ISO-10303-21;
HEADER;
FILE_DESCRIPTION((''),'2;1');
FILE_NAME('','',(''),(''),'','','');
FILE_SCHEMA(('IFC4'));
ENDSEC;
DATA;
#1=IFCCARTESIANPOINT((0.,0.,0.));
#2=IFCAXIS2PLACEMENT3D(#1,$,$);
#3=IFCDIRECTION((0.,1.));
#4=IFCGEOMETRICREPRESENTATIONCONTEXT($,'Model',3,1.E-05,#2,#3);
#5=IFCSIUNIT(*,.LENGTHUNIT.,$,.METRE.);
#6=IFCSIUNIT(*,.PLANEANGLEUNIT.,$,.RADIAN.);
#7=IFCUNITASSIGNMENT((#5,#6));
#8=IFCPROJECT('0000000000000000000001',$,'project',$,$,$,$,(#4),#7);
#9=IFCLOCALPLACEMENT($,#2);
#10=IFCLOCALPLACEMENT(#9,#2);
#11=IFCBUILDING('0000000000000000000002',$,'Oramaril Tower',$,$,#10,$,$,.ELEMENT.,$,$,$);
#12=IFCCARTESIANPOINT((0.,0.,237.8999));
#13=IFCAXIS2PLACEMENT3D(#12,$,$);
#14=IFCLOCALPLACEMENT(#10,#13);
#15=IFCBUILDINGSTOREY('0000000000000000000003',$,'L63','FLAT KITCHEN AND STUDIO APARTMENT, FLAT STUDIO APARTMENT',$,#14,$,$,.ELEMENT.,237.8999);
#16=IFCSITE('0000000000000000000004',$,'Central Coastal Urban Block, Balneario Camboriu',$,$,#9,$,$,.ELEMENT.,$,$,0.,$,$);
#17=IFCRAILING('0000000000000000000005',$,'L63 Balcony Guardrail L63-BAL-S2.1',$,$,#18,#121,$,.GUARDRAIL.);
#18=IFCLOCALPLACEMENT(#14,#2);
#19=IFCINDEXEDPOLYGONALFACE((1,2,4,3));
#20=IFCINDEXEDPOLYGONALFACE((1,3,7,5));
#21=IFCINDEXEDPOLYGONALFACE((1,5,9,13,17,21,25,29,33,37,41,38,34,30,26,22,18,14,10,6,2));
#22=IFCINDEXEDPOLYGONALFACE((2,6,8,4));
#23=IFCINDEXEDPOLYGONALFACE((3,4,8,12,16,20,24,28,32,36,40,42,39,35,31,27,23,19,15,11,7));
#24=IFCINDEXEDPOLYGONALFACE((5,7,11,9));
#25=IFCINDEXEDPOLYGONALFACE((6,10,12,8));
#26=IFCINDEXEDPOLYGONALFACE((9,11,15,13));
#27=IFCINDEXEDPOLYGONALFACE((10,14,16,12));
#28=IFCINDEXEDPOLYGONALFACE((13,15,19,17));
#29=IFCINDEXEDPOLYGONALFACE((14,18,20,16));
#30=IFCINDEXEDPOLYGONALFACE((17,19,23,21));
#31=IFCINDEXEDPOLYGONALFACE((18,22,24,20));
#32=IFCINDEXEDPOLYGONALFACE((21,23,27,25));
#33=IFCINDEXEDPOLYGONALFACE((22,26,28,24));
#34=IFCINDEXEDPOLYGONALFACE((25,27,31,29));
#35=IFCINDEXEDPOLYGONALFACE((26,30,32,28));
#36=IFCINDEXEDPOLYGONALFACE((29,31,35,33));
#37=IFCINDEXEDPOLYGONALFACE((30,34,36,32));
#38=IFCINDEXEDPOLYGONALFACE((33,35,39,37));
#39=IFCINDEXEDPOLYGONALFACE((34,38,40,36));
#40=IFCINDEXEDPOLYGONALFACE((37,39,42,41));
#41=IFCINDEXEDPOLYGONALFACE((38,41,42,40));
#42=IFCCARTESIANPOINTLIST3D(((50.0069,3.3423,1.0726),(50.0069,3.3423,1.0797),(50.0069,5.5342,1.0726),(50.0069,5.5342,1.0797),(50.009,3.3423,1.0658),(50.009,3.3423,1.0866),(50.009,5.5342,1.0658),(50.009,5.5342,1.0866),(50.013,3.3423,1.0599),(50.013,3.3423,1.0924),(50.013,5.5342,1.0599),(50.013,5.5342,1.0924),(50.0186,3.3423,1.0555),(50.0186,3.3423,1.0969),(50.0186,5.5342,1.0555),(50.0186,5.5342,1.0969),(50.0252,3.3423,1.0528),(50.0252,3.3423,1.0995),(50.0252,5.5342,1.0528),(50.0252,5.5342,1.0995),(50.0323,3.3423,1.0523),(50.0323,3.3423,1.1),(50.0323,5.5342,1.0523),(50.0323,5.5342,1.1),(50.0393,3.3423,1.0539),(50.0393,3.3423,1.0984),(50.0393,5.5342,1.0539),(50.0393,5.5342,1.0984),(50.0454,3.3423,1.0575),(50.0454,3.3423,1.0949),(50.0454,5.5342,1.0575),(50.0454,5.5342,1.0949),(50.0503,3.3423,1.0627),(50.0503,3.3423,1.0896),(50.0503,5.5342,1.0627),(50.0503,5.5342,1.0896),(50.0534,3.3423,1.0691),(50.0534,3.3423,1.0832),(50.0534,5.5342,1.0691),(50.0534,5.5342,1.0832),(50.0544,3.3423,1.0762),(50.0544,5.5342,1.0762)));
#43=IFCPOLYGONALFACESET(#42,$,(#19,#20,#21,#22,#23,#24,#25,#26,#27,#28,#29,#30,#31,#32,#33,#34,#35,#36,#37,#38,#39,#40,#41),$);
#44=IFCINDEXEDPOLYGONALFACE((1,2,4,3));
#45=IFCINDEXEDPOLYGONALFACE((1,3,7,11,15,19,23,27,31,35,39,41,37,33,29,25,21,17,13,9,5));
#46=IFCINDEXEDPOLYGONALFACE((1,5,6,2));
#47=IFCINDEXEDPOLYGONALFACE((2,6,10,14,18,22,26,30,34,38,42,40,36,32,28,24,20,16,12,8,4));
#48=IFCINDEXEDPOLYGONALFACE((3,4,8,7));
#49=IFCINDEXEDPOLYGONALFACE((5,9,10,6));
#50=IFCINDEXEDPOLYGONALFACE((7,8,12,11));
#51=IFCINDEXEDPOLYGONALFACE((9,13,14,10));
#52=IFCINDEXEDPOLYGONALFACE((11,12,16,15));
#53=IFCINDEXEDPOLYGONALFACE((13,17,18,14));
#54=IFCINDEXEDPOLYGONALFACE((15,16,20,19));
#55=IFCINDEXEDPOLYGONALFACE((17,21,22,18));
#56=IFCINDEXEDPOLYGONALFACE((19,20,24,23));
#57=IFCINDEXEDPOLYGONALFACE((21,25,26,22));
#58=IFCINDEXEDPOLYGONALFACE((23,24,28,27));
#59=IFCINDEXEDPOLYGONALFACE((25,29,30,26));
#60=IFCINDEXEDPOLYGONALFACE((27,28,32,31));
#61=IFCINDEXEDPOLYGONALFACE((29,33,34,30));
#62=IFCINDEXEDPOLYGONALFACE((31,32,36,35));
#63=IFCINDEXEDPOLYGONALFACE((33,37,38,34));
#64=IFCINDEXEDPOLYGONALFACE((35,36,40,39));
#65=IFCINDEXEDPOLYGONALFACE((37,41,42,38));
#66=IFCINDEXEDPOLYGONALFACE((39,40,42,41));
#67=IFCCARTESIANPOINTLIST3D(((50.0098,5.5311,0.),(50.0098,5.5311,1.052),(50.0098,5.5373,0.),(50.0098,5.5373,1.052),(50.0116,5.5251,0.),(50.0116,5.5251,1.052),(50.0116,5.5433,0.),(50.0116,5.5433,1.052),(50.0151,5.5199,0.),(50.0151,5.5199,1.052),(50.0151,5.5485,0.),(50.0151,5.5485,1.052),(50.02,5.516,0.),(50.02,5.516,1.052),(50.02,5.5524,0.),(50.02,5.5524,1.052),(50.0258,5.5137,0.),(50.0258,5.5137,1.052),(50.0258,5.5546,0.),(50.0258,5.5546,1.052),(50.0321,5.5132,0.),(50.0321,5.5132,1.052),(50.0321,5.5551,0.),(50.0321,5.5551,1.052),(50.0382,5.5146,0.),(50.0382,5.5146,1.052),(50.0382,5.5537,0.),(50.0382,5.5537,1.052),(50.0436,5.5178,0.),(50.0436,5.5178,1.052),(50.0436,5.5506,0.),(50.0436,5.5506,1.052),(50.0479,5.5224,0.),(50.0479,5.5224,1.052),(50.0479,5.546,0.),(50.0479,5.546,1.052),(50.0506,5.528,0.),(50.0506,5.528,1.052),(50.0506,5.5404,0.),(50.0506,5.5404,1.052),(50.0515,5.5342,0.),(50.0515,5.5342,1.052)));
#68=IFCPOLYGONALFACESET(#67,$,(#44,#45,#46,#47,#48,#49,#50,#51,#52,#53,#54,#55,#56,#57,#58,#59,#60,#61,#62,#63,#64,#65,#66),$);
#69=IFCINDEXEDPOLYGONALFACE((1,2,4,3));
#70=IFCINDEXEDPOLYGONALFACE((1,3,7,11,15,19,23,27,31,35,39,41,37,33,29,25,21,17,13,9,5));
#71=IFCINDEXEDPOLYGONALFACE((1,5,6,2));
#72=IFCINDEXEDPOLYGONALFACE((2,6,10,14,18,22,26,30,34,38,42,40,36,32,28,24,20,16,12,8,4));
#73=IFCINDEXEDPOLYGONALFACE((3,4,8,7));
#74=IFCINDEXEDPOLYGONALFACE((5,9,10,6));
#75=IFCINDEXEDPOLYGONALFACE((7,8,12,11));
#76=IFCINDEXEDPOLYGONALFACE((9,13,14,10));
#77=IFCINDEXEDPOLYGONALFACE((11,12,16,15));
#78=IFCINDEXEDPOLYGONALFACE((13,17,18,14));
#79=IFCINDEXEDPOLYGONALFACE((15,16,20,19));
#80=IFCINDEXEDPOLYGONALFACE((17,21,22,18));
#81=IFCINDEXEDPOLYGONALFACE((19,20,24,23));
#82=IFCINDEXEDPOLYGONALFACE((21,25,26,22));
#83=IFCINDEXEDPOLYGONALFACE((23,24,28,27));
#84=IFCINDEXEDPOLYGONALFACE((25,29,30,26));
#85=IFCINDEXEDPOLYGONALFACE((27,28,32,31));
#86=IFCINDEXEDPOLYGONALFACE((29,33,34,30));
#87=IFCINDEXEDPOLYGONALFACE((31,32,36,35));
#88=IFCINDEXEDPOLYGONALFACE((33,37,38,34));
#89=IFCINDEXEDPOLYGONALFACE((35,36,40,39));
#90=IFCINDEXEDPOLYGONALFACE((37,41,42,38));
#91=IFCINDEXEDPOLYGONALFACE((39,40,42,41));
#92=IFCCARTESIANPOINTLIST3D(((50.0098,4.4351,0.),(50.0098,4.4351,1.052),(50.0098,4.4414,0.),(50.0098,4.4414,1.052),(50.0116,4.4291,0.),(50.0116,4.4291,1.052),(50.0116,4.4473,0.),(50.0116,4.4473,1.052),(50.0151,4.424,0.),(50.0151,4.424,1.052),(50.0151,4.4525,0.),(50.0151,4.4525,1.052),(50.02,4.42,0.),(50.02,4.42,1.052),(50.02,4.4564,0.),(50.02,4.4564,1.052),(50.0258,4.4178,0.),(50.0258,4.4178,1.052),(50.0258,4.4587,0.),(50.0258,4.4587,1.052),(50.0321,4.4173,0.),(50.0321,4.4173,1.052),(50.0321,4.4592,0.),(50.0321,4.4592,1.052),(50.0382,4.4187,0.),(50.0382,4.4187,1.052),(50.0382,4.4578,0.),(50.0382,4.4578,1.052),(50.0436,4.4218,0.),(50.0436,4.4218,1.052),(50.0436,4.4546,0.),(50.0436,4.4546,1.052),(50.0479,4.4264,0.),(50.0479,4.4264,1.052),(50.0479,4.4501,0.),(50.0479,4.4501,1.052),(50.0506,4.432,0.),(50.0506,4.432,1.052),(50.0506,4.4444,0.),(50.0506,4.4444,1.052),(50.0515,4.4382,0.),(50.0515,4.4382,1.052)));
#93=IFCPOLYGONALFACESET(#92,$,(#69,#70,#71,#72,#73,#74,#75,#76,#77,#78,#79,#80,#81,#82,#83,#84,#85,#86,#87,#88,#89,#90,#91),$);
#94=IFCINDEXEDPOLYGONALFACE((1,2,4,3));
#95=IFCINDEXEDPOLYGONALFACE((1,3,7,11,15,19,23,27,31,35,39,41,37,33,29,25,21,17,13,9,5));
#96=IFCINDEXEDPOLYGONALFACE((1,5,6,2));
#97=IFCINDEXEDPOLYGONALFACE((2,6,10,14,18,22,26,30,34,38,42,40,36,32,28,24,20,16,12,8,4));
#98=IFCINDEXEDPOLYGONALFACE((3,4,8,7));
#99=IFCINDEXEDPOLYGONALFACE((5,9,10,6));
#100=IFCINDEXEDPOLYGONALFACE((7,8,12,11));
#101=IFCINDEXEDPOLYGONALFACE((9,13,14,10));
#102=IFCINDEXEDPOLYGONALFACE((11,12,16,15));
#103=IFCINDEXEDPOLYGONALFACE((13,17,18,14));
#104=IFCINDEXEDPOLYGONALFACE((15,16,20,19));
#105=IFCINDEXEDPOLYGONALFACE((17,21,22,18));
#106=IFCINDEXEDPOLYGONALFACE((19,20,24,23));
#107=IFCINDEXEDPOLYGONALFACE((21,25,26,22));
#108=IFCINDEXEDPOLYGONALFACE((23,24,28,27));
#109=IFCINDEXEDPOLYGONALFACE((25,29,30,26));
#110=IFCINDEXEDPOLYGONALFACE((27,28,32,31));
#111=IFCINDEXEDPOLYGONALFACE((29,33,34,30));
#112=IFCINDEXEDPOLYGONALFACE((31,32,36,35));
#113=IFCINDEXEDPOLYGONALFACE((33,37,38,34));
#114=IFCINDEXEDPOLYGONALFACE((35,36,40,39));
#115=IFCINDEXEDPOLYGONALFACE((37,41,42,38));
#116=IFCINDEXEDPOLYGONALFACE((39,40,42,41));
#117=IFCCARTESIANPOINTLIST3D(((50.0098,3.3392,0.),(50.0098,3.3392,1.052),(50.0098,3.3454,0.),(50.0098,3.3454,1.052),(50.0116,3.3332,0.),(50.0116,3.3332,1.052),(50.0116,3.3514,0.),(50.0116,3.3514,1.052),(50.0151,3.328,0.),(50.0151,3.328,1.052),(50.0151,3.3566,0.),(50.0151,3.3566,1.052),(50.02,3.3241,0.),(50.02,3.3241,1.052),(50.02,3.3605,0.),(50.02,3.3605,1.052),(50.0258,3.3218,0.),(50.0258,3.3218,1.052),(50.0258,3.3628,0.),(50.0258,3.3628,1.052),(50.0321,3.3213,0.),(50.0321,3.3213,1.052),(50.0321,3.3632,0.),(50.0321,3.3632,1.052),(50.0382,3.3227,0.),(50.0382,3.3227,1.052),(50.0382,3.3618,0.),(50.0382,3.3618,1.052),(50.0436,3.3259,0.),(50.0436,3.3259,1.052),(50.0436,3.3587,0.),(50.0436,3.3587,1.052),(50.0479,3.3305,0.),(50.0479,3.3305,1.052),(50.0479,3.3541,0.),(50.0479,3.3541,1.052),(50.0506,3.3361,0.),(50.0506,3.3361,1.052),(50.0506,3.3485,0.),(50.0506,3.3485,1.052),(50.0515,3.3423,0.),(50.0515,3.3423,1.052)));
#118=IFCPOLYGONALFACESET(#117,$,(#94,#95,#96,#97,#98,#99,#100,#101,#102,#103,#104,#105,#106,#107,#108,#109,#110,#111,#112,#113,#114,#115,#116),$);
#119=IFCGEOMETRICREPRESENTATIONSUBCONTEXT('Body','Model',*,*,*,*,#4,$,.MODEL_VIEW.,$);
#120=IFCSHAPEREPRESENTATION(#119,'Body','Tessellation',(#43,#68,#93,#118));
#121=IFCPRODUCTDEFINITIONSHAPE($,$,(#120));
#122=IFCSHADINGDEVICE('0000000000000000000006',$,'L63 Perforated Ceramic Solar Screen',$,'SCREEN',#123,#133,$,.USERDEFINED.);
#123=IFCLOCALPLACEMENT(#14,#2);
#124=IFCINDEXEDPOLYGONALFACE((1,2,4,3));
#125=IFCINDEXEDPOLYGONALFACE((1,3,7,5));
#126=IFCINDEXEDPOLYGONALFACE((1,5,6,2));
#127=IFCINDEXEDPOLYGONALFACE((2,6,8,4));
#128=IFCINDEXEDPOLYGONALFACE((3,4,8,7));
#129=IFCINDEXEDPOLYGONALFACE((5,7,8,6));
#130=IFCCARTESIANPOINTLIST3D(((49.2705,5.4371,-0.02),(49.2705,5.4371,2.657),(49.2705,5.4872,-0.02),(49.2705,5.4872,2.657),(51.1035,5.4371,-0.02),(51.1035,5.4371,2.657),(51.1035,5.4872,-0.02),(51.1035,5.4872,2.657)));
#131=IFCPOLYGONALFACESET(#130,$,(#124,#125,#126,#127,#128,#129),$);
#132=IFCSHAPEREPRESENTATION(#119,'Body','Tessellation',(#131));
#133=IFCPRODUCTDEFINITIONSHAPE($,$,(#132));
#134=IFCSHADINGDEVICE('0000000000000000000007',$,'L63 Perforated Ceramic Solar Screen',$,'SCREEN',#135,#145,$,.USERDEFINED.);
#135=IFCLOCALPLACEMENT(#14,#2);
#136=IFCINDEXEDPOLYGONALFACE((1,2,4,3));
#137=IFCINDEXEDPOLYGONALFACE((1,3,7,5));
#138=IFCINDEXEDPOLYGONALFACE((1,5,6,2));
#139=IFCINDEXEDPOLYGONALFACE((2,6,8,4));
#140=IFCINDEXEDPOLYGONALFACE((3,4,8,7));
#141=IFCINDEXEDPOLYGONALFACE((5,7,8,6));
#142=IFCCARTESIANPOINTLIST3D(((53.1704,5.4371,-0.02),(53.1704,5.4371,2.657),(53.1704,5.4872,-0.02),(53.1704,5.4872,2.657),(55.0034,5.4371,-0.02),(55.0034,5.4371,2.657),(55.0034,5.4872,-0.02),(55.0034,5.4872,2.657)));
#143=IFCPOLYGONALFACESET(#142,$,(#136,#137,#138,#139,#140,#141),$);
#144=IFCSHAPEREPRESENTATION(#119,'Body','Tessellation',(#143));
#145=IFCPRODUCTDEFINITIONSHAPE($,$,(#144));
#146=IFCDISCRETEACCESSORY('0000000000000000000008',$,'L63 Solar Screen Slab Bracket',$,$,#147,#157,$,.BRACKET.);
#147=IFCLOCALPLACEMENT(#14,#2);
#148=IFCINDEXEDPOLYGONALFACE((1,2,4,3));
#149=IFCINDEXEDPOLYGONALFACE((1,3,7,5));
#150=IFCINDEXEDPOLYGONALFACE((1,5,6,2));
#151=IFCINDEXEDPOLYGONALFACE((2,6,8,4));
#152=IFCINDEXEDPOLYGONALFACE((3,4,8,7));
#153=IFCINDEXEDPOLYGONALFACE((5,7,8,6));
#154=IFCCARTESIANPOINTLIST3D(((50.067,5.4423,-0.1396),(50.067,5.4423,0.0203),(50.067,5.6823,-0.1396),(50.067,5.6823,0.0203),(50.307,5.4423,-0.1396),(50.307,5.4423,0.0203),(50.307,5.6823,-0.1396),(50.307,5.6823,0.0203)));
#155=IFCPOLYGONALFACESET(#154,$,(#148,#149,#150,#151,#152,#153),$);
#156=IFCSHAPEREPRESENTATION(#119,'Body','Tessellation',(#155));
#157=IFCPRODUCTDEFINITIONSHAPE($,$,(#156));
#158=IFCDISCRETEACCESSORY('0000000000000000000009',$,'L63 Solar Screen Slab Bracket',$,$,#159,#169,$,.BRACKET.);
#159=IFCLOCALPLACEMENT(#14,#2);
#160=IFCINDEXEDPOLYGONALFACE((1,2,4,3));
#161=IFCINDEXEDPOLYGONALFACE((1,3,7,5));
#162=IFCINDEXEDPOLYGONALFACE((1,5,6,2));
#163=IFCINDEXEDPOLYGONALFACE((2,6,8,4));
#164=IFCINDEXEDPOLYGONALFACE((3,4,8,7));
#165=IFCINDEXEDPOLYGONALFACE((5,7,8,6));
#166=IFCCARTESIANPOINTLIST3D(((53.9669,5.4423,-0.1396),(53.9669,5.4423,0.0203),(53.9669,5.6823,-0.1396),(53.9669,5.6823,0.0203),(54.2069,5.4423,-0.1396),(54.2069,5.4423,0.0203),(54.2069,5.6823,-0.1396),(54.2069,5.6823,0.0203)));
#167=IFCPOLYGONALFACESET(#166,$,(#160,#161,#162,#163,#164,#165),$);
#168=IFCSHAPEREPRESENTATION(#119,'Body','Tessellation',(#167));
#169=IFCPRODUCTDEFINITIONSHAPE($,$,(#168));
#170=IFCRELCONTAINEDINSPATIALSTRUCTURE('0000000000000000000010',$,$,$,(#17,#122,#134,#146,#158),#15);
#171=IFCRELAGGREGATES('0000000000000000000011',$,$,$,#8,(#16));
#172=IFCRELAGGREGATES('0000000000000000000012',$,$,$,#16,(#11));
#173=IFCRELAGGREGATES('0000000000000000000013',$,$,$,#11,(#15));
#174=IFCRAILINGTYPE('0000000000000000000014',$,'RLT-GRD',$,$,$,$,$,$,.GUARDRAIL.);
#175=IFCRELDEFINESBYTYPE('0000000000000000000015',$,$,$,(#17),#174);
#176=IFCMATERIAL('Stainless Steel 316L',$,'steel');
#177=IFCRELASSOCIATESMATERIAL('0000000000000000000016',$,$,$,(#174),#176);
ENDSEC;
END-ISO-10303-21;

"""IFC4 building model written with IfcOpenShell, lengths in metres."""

from ifc_helpers import new_model, si_unit, direction, frame, origin, origin_2d, place, context, subcontext, project, spatial, rectangle, circle, extrude, material, type_object, element, save


model = new_model("IFC4")

# Units and contexts
model_context = context("Model", 3, precision=1e-05, world=origin(), true_north=direction((0.0, 1.0)))
body_context = subcontext(model_context, "Body", "Model", "MODEL_VIEW")
ifc_project = project(units=[si_unit("LENGTHUNIT", "METRE"), si_unit("PLANEANGLEUNIT", "RADIAN")], contexts=[model_context])

# Site, building, storey
site_placement = place(None, origin())
site = spatial("IfcSite", under=ifc_project, at=site_placement, Name="Central Coastal Urban Block, Balneario Camboriu", CompositionType="ELEMENT", RefElevation=0.0)
building_placement = place(site_placement, origin())
building = spatial("IfcBuilding", under=site, at=building_placement, Name="Oramaril Tower", CompositionType="ELEMENT")
storey_placement = place(building_placement, frame((0.0, 0.0, 237.8999)))
storey = spatial("IfcBuildingStorey", under=building, at=storey_placement, Name="L63", Description="FLAT KITCHEN AND STUDIO APARTMENT, FLAT STUDIO APARTMENT", CompositionType="ELEMENT", Elevation=237.8999)

# Railing
ifc_material_1 = material(Name="Stainless Steel 316L", Category="steel")
railing_type = type_object("IfcRailingType", Name="RLT-GRD", PredefinedType="GUARDRAIL", material=ifc_material_1)
railing_1_placement = place(storey_placement, frame((50.0305, 5.5342, 0.0)))
element("IfcRailing", 1, at=railing_1_placement, inside=storey, type_object=railing_type, Name="L63 Balcony Guardrail L63-BAL-S2.1", PredefinedType="GUARDRAIL", context=body_context, shape_type="SweptSolid", body=[
    extrude(circle(Radius=0.0239, at=origin_2d()), frame((0.0, 0.0, 1.0762), z_axis=(0.0, -1.0, 0.0), x_axis=(1.0, 0.0, 0.0)), (0.0, 0.0, 1.0), 2.1919),
    extrude(circle(Radius=0.021, at=origin_2d()), origin(), (0.0, 0.0, 1.0), 1.052),
    extrude(circle(Radius=0.021, at=origin_2d()), frame((0.0, -1.0959, 0.0)), (0.0, 0.0, 1.0), 1.052),
    extrude(circle(Radius=0.021, at=origin_2d()), frame((0.0, -2.1919, 0.0)), (0.0, 0.0, 1.0), 1.052),
])

# Shading devices
for number, where, z_axis, x_axis, name in (
    (2, (50.187, 5.4622, -0.02), (0.0, 0.0, 1.0), (1.0, 0.0, 0.0), "L63 Perforated Ceramic Solar Screen"),
    (3, (54.0869, 5.4622, -0.02), (0.0, 0.0, 1.0), (1.0, 0.0, 0.0), "L63 Perforated Ceramic Solar Screen"),
):
    element("IfcShadingDevice", number, at=place(storey_placement, frame(where, z_axis=z_axis, x_axis=x_axis)), inside=storey, Name=name, ObjectType="SCREEN", PredefinedType="USERDEFINED", context=body_context, shape_type="SweptSolid", body=[
        extrude(rectangle(XDim=1.833, YDim=0.05, at=origin_2d()), origin(), (0.0, 0.0, 1.0), 2.677),
    ])

# Discrete accessories
for number, where, z_axis, x_axis, name in (
    (4, (50.187, 5.5623, -0.1396), (0.0, 0.0, 1.0), (1.0, 0.0, 0.0), "L63 Solar Screen Slab Bracket"),
    (5, (54.0869, 5.5623, -0.1396), (0.0, 0.0, 1.0), (1.0, 0.0, 0.0), "L63 Solar Screen Slab Bracket"),
):
    element("IfcDiscreteAccessory", number, at=place(storey_placement, frame(where, z_axis=z_axis, x_axis=x_axis)), inside=storey, Name=name, PredefinedType="BRACKET", context=body_context, shape_type="SweptSolid", body=[
        extrude(rectangle(XDim=0.24, YDim=0.24, at=origin_2d()), origin(), (0.0, 0.0, 1.0), 0.1599),
    ])

save(model, "model.ifc")
